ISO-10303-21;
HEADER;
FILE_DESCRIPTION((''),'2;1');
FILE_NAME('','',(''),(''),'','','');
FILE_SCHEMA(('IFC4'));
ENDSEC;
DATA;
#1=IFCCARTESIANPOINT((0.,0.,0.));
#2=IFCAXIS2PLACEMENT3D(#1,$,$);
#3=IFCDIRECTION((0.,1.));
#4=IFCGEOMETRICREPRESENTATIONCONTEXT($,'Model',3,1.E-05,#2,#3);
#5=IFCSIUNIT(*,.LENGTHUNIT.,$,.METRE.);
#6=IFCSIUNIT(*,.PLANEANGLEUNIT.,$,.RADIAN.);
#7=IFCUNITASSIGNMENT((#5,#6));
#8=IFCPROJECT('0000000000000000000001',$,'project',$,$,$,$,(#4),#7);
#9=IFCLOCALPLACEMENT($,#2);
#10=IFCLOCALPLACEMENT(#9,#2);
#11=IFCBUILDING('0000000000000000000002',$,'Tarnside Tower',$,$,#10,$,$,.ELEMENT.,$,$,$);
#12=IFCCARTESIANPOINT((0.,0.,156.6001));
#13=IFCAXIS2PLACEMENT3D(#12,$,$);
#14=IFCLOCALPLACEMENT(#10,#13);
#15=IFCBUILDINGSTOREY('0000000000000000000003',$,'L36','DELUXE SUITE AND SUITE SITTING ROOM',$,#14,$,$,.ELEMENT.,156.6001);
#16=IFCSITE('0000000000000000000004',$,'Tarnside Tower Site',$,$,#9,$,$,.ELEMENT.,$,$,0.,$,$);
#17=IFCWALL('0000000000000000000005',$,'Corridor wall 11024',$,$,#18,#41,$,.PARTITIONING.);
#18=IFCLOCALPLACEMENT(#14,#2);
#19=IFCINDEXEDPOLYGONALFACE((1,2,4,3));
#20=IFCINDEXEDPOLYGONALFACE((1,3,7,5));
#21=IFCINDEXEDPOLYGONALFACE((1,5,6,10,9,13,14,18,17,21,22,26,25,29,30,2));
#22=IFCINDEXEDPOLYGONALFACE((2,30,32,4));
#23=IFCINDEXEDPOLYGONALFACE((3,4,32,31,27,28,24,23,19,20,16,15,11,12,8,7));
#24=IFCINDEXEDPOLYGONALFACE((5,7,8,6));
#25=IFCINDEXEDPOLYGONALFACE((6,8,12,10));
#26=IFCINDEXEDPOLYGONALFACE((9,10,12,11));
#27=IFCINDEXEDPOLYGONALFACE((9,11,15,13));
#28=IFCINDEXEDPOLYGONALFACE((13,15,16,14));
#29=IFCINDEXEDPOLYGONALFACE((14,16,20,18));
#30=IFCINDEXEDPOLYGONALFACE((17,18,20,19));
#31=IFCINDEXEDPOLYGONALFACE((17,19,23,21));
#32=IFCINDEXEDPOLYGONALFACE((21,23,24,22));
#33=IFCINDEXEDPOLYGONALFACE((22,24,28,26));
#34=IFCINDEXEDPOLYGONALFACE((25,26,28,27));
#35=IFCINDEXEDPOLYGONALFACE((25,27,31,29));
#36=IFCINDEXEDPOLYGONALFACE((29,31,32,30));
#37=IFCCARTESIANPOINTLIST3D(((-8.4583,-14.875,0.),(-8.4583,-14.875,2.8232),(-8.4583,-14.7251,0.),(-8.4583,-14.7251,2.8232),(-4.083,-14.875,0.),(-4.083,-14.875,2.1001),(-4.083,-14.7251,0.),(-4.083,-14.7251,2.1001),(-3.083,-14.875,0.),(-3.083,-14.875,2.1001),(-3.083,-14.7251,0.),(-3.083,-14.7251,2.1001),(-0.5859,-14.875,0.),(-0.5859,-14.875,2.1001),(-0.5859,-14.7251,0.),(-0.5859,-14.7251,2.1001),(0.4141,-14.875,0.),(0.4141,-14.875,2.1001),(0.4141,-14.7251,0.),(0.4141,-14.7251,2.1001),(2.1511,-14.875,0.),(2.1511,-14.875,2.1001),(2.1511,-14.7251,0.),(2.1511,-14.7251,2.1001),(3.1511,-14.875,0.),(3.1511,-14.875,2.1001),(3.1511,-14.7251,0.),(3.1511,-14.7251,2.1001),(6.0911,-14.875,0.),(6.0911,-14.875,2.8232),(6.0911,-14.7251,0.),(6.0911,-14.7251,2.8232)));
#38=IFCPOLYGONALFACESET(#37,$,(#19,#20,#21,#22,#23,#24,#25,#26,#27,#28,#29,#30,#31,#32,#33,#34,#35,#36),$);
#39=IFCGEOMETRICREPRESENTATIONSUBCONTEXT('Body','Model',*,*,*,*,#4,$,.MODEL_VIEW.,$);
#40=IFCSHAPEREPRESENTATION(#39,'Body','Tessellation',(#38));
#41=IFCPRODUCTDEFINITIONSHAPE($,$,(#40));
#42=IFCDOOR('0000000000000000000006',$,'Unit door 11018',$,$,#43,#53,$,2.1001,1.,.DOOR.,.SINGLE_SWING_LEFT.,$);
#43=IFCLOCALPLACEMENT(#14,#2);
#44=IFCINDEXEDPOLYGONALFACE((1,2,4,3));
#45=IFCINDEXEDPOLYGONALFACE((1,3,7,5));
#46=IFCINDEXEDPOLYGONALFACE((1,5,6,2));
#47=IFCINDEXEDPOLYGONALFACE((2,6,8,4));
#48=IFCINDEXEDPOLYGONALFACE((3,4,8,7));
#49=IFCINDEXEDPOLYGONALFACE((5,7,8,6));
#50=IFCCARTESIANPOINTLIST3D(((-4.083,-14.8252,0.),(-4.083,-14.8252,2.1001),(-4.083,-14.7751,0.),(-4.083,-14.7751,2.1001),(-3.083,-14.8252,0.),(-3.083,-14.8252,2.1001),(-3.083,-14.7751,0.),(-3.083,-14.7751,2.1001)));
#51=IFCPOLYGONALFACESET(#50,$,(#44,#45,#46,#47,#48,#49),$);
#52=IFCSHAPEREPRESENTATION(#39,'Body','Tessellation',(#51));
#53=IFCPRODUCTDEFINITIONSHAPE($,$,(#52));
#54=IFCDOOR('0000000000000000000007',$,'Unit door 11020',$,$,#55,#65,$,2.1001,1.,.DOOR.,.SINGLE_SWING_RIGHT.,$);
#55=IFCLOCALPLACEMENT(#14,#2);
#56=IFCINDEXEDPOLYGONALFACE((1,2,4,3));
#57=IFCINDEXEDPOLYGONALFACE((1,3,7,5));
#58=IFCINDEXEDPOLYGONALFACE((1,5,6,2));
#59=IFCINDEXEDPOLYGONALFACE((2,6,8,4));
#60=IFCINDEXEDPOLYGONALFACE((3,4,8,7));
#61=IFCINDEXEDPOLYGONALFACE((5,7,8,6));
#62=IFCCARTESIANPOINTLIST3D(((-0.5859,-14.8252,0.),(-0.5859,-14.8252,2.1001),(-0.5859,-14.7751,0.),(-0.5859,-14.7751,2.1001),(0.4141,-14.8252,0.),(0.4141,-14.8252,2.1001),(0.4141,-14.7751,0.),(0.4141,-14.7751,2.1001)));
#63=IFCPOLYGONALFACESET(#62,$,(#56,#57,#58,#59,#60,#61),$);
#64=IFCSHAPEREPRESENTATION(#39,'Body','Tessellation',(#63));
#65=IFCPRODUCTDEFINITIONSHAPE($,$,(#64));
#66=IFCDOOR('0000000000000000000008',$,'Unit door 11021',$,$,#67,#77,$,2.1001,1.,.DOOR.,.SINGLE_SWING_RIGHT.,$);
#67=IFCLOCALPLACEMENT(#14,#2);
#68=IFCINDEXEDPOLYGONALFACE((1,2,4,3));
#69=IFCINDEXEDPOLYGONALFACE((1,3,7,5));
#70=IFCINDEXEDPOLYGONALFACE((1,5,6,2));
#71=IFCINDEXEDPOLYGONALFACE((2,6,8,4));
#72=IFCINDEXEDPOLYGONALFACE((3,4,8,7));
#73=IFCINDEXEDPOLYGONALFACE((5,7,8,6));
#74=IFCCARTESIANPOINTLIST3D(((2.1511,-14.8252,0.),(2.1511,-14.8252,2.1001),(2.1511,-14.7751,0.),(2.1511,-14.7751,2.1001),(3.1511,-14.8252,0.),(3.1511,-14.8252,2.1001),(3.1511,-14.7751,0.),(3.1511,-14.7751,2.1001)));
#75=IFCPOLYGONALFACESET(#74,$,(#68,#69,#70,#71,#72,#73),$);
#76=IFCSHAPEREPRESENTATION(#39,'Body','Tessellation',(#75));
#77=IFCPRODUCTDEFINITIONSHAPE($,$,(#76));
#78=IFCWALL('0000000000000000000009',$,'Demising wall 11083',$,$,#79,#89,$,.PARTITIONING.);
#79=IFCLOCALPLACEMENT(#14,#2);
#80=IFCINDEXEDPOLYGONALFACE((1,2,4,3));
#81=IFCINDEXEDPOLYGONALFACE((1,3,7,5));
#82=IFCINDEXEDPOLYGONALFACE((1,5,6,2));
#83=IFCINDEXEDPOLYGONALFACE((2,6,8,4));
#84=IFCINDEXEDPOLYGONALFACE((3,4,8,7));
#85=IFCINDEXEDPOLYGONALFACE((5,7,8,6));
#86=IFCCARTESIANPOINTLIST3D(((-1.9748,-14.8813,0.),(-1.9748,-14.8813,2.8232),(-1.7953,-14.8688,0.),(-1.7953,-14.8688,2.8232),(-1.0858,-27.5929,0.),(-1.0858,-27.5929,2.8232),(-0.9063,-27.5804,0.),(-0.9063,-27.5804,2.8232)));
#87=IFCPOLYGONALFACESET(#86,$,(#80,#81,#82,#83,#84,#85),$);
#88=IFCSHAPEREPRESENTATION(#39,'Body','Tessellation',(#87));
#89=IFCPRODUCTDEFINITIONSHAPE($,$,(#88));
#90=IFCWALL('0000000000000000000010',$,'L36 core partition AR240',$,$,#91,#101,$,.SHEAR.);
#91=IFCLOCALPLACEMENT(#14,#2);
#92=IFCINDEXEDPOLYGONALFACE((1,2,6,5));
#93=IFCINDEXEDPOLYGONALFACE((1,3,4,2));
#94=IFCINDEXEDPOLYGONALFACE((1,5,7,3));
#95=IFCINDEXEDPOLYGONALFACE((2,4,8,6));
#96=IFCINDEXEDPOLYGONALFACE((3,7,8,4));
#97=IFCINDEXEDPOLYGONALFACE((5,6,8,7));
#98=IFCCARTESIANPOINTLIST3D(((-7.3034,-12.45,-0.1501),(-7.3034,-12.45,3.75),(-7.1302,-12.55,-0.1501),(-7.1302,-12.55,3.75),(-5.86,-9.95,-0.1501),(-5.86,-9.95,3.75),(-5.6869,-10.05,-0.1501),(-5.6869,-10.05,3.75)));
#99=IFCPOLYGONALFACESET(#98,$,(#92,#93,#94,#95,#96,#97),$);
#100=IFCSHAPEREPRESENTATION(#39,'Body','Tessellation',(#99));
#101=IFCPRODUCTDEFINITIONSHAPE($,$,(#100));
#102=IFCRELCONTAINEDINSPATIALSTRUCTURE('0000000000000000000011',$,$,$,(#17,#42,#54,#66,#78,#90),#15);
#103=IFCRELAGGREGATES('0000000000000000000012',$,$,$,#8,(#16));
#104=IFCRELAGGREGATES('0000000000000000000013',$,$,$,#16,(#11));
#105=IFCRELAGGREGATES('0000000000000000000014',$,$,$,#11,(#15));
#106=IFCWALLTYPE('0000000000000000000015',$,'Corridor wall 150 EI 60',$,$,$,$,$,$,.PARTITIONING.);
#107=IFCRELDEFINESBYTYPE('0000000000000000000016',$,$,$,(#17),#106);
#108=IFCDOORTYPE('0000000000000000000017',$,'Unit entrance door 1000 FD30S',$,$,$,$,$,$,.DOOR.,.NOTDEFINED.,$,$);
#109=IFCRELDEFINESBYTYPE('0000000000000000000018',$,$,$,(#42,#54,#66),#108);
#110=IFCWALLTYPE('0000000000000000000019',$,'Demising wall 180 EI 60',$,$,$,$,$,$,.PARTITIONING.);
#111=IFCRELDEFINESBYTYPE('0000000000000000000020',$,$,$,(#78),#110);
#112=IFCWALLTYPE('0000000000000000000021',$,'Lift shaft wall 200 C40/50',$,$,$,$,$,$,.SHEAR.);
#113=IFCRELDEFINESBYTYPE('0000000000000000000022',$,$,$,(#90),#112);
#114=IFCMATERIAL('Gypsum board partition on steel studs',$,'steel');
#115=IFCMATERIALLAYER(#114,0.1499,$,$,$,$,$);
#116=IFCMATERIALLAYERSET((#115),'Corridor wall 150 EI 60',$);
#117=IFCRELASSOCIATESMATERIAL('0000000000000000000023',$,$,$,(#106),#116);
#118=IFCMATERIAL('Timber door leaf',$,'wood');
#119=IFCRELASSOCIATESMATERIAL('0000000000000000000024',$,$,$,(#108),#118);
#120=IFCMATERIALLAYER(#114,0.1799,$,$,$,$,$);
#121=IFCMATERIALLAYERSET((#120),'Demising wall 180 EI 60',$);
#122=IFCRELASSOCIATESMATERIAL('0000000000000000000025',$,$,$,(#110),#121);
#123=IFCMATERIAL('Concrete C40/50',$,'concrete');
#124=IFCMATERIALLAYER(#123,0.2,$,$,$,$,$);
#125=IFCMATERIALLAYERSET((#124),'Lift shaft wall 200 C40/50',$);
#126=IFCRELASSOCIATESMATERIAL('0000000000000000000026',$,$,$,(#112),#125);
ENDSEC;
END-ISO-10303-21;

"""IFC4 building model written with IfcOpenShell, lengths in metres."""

from ifc_helpers import new_model, si_unit, direction, frame, frame_2d, origin, place, context, subcontext, project, spatial, rectangle, extrude, material, layer, layer_set, type_object, element, fill, save


model = new_model("IFC4")

# Units and contexts
model_context = context("Model", 3, precision=1e-05, world=origin(), true_north=direction((0.0, 1.0)))
body_context = subcontext(model_context, "Body", "Model", "MODEL_VIEW")
ifc_project = project(units=[si_unit("LENGTHUNIT", "METRE"), si_unit("PLANEANGLEUNIT", "RADIAN")], contexts=[model_context])

# Site, building, storey
site_placement = place(None, origin())
site = spatial("IfcSite", under=ifc_project, at=site_placement, Name="Tarnside Tower Site", CompositionType="ELEMENT", RefElevation=0.0)
building_placement = place(site_placement, origin())
building = spatial("IfcBuilding", under=site, at=building_placement, Name="Tarnside Tower", CompositionType="ELEMENT")
storey_placement = place(building_placement, frame((0.0, 0.0, 156.6001)))
storey = spatial("IfcBuildingStorey", under=building, at=storey_placement, Name="L36", Description="DELUXE SUITE AND SUITE SITTING ROOM", CompositionType="ELEMENT", Elevation=156.6001)

# Shared definitions
ifc_material_1 = material(Name="Gypsum board partition on steel studs", Category="steel")

# Shared definitions
ifc_material_2 = material(Name="Timber door leaf", Category="wood")

# Wall, openings, doors
ifc_layer_1 = layer(ifc_material_1, 0.1499)
ifc_layer_set_1 = layer_set([ifc_layer_1], Name="Corridor wall 150 EI 60")
wall_type_1 = type_object("IfcWallType", Name="Corridor wall 150 EI 60", PredefinedType="PARTITIONING", material=ifc_layer_set_1)
wall_1_placement = place(storey_placement, frame((-8.4583, -14.8, 0.0), z_axis=(0.0, 0.0, 1.0), x_axis=(1.0, 0.0, 0.0)))
wall_1 = element("IfcWall", 1, at=wall_1_placement, inside=storey, type_object=wall_type_1, Name="Corridor wall 11024", PredefinedType="PARTITIONING", context=body_context, shape_type="SweptSolid", body=[
    extrude(rectangle(XDim=14.5493, YDim=0.1499, at=frame_2d((7.2747, 0.0))), origin(), (0.0, 0.0, 1.0), 2.8232),
])
opening_1_placement = place(wall_1_placement, frame((4.3752, 0.0, 0.0)))
opening_1 = element("IfcOpeningElement", 2, at=opening_1_placement, cuts=wall_1, PredefinedType="OPENING", context=body_context, shape_type="SweptSolid", body=[
    extrude(rectangle(XDim=1.0, YDim=2.1001, at=frame_2d((0.5, 1.05))), frame((0.0, 0.085, 0.0), z_axis=(0.0, -1.0, 0.0), x_axis=(1.0, 0.0, 0.0)), (0.0, 0.0, 1.0), 0.1699),
])
opening_2_placement = place(wall_1_placement, frame((7.8723, 0.0, 0.0)))
opening_2 = element("IfcOpeningElement", 3, at=opening_2_placement, cuts=wall_1, PredefinedType="OPENING", context=body_context, shape_type="SweptSolid", body=[
    extrude(rectangle(XDim=1.0, YDim=2.1001, at=frame_2d((0.5, 1.05))), frame((0.0, 0.085, 0.0), z_axis=(0.0, -1.0, 0.0), x_axis=(1.0, 0.0, 0.0)), (0.0, 0.0, 1.0), 0.1699),
])
opening_3_placement = place(wall_1_placement, frame((10.6094, 0.0, 0.0)))
opening_3 = element("IfcOpeningElement", 4, at=opening_3_placement, cuts=wall_1, PredefinedType="OPENING", context=body_context, shape_type="SweptSolid", body=[
    extrude(rectangle(XDim=1.0, YDim=2.1001, at=frame_2d((0.5, 1.05))), frame((0.0, 0.085, 0.0), z_axis=(0.0, -1.0, 0.0), x_axis=(1.0, 0.0, 0.0)), (0.0, 0.0, 1.0), 0.1699),
])
door_type_1 = type_object("IfcDoorType", Name="Unit entrance door 1000 FD30S", OperationType="NOTDEFINED", PredefinedType="DOOR", material=ifc_material_2)
door_1_placement = place(opening_1_placement, origin())
door_1 = element("IfcDoor", 5, at=door_1_placement, inside=storey, type_object=door_type_1, Name="Unit door 11018", OperationType="SINGLE_SWING_LEFT", OverallHeight=2.1001, OverallWidth=1.0, PredefinedType="DOOR", context=body_context, shape_type="SweptSolid", body=[
    extrude(rectangle(XDim=1.0, YDim=2.1001, at=frame_2d((0.5, 1.05))), frame((0.0, 0.0249, 0.0), z_axis=(0.0, -1.0, 0.0), x_axis=(1.0, 0.0, 0.0)), (0.0, 0.0, 1.0), 0.05),
])
fill(opening_1, door_1)
door_2_placement = place(opening_2_placement, origin())
door_2 = element("IfcDoor", 6, at=door_2_placement, inside=storey, type_object=door_type_1, Name="Unit door 11020", OperationType="SINGLE_SWING_RIGHT", OverallHeight=2.1001, OverallWidth=1.0, PredefinedType="DOOR", context=body_context, shape_type="SweptSolid", body=[
    extrude(rectangle(XDim=1.0, YDim=2.1001, at=frame_2d((0.5, 1.05))), frame((0.0, 0.0249, 0.0), z_axis=(0.0, -1.0, 0.0), x_axis=(1.0, 0.0, 0.0)), (0.0, 0.0, 1.0), 0.05),
])
fill(opening_2, door_2)
door_3_placement = place(opening_3_placement, origin())
door_3 = element("IfcDoor", 7, at=door_3_placement, inside=storey, type_object=door_type_1, Name="Unit door 11021", OperationType="SINGLE_SWING_RIGHT", OverallHeight=2.1001, OverallWidth=1.0, PredefinedType="DOOR", context=body_context, shape_type="SweptSolid", body=[
    extrude(rectangle(XDim=1.0, YDim=2.1001, at=frame_2d((0.5, 1.05))), frame((0.0, 0.0249, 0.0), z_axis=(0.0, -1.0, 0.0), x_axis=(1.0, 0.0, 0.0)), (0.0, 0.0, 1.0), 0.05),
])
fill(opening_3, door_3)

# Walls
ifc_layer_2 = layer(ifc_material_1, 0.1799)
ifc_layer_set_2 = layer_set([ifc_layer_2], Name="Demising wall 180 EI 60")
wall_type_2 = type_object("IfcWallType", Name="Demising wall 180 EI 60", PredefinedType="PARTITIONING", material=ifc_layer_set_2)
wall_2_placement = place(storey_placement, frame((-0.9961, -27.5867, 0.0), z_axis=(0.0, 0.0, 1.0), x_axis=(-0.069759, 0.997564, 0.0)))
element("IfcWall", 8, at=wall_2_placement, inside=storey, type_object=wall_type_2, Name="Demising wall 11083", PredefinedType="PARTITIONING", context=body_context, shape_type="SweptSolid", body=[
    extrude(rectangle(XDim=12.7427, YDim=0.1799, at=frame_2d((6.3713, 0.0))), origin(), (0.0, 0.0, 1.0), 2.8232),
])
ifc_material_3 = material(Name="Concrete C40/50", Category="concrete")
ifc_layer_3 = layer(ifc_material_3, 0.2)
ifc_layer_set_3 = layer_set([ifc_layer_3], Name="Lift shaft wall 200 C40/50")
wall_type_3 = type_object("IfcWallType", Name="Lift shaft wall 200 C40/50", PredefinedType="SHEAR", material=ifc_layer_set_3)
wall_3_placement = place(storey_placement, frame((-5.7734, -10.0, -0.1501), z_axis=(0.0, 0.0, 1.0), x_axis=(-0.499996, -0.866028, 0.0)))
element("IfcWall", 9, at=wall_3_placement, inside=storey, type_object=wall_type_3, Name="L36 core partition AR240", PredefinedType="SHEAR", context=body_context, shape_type="SweptSolid", body=[
    extrude(rectangle(XDim=2.8867, YDim=0.2, at=frame_2d((1.4434, 0.0))), origin(), (0.0, 0.0, 1.0), 3.9001),
])

save(model, "model.ifc")
